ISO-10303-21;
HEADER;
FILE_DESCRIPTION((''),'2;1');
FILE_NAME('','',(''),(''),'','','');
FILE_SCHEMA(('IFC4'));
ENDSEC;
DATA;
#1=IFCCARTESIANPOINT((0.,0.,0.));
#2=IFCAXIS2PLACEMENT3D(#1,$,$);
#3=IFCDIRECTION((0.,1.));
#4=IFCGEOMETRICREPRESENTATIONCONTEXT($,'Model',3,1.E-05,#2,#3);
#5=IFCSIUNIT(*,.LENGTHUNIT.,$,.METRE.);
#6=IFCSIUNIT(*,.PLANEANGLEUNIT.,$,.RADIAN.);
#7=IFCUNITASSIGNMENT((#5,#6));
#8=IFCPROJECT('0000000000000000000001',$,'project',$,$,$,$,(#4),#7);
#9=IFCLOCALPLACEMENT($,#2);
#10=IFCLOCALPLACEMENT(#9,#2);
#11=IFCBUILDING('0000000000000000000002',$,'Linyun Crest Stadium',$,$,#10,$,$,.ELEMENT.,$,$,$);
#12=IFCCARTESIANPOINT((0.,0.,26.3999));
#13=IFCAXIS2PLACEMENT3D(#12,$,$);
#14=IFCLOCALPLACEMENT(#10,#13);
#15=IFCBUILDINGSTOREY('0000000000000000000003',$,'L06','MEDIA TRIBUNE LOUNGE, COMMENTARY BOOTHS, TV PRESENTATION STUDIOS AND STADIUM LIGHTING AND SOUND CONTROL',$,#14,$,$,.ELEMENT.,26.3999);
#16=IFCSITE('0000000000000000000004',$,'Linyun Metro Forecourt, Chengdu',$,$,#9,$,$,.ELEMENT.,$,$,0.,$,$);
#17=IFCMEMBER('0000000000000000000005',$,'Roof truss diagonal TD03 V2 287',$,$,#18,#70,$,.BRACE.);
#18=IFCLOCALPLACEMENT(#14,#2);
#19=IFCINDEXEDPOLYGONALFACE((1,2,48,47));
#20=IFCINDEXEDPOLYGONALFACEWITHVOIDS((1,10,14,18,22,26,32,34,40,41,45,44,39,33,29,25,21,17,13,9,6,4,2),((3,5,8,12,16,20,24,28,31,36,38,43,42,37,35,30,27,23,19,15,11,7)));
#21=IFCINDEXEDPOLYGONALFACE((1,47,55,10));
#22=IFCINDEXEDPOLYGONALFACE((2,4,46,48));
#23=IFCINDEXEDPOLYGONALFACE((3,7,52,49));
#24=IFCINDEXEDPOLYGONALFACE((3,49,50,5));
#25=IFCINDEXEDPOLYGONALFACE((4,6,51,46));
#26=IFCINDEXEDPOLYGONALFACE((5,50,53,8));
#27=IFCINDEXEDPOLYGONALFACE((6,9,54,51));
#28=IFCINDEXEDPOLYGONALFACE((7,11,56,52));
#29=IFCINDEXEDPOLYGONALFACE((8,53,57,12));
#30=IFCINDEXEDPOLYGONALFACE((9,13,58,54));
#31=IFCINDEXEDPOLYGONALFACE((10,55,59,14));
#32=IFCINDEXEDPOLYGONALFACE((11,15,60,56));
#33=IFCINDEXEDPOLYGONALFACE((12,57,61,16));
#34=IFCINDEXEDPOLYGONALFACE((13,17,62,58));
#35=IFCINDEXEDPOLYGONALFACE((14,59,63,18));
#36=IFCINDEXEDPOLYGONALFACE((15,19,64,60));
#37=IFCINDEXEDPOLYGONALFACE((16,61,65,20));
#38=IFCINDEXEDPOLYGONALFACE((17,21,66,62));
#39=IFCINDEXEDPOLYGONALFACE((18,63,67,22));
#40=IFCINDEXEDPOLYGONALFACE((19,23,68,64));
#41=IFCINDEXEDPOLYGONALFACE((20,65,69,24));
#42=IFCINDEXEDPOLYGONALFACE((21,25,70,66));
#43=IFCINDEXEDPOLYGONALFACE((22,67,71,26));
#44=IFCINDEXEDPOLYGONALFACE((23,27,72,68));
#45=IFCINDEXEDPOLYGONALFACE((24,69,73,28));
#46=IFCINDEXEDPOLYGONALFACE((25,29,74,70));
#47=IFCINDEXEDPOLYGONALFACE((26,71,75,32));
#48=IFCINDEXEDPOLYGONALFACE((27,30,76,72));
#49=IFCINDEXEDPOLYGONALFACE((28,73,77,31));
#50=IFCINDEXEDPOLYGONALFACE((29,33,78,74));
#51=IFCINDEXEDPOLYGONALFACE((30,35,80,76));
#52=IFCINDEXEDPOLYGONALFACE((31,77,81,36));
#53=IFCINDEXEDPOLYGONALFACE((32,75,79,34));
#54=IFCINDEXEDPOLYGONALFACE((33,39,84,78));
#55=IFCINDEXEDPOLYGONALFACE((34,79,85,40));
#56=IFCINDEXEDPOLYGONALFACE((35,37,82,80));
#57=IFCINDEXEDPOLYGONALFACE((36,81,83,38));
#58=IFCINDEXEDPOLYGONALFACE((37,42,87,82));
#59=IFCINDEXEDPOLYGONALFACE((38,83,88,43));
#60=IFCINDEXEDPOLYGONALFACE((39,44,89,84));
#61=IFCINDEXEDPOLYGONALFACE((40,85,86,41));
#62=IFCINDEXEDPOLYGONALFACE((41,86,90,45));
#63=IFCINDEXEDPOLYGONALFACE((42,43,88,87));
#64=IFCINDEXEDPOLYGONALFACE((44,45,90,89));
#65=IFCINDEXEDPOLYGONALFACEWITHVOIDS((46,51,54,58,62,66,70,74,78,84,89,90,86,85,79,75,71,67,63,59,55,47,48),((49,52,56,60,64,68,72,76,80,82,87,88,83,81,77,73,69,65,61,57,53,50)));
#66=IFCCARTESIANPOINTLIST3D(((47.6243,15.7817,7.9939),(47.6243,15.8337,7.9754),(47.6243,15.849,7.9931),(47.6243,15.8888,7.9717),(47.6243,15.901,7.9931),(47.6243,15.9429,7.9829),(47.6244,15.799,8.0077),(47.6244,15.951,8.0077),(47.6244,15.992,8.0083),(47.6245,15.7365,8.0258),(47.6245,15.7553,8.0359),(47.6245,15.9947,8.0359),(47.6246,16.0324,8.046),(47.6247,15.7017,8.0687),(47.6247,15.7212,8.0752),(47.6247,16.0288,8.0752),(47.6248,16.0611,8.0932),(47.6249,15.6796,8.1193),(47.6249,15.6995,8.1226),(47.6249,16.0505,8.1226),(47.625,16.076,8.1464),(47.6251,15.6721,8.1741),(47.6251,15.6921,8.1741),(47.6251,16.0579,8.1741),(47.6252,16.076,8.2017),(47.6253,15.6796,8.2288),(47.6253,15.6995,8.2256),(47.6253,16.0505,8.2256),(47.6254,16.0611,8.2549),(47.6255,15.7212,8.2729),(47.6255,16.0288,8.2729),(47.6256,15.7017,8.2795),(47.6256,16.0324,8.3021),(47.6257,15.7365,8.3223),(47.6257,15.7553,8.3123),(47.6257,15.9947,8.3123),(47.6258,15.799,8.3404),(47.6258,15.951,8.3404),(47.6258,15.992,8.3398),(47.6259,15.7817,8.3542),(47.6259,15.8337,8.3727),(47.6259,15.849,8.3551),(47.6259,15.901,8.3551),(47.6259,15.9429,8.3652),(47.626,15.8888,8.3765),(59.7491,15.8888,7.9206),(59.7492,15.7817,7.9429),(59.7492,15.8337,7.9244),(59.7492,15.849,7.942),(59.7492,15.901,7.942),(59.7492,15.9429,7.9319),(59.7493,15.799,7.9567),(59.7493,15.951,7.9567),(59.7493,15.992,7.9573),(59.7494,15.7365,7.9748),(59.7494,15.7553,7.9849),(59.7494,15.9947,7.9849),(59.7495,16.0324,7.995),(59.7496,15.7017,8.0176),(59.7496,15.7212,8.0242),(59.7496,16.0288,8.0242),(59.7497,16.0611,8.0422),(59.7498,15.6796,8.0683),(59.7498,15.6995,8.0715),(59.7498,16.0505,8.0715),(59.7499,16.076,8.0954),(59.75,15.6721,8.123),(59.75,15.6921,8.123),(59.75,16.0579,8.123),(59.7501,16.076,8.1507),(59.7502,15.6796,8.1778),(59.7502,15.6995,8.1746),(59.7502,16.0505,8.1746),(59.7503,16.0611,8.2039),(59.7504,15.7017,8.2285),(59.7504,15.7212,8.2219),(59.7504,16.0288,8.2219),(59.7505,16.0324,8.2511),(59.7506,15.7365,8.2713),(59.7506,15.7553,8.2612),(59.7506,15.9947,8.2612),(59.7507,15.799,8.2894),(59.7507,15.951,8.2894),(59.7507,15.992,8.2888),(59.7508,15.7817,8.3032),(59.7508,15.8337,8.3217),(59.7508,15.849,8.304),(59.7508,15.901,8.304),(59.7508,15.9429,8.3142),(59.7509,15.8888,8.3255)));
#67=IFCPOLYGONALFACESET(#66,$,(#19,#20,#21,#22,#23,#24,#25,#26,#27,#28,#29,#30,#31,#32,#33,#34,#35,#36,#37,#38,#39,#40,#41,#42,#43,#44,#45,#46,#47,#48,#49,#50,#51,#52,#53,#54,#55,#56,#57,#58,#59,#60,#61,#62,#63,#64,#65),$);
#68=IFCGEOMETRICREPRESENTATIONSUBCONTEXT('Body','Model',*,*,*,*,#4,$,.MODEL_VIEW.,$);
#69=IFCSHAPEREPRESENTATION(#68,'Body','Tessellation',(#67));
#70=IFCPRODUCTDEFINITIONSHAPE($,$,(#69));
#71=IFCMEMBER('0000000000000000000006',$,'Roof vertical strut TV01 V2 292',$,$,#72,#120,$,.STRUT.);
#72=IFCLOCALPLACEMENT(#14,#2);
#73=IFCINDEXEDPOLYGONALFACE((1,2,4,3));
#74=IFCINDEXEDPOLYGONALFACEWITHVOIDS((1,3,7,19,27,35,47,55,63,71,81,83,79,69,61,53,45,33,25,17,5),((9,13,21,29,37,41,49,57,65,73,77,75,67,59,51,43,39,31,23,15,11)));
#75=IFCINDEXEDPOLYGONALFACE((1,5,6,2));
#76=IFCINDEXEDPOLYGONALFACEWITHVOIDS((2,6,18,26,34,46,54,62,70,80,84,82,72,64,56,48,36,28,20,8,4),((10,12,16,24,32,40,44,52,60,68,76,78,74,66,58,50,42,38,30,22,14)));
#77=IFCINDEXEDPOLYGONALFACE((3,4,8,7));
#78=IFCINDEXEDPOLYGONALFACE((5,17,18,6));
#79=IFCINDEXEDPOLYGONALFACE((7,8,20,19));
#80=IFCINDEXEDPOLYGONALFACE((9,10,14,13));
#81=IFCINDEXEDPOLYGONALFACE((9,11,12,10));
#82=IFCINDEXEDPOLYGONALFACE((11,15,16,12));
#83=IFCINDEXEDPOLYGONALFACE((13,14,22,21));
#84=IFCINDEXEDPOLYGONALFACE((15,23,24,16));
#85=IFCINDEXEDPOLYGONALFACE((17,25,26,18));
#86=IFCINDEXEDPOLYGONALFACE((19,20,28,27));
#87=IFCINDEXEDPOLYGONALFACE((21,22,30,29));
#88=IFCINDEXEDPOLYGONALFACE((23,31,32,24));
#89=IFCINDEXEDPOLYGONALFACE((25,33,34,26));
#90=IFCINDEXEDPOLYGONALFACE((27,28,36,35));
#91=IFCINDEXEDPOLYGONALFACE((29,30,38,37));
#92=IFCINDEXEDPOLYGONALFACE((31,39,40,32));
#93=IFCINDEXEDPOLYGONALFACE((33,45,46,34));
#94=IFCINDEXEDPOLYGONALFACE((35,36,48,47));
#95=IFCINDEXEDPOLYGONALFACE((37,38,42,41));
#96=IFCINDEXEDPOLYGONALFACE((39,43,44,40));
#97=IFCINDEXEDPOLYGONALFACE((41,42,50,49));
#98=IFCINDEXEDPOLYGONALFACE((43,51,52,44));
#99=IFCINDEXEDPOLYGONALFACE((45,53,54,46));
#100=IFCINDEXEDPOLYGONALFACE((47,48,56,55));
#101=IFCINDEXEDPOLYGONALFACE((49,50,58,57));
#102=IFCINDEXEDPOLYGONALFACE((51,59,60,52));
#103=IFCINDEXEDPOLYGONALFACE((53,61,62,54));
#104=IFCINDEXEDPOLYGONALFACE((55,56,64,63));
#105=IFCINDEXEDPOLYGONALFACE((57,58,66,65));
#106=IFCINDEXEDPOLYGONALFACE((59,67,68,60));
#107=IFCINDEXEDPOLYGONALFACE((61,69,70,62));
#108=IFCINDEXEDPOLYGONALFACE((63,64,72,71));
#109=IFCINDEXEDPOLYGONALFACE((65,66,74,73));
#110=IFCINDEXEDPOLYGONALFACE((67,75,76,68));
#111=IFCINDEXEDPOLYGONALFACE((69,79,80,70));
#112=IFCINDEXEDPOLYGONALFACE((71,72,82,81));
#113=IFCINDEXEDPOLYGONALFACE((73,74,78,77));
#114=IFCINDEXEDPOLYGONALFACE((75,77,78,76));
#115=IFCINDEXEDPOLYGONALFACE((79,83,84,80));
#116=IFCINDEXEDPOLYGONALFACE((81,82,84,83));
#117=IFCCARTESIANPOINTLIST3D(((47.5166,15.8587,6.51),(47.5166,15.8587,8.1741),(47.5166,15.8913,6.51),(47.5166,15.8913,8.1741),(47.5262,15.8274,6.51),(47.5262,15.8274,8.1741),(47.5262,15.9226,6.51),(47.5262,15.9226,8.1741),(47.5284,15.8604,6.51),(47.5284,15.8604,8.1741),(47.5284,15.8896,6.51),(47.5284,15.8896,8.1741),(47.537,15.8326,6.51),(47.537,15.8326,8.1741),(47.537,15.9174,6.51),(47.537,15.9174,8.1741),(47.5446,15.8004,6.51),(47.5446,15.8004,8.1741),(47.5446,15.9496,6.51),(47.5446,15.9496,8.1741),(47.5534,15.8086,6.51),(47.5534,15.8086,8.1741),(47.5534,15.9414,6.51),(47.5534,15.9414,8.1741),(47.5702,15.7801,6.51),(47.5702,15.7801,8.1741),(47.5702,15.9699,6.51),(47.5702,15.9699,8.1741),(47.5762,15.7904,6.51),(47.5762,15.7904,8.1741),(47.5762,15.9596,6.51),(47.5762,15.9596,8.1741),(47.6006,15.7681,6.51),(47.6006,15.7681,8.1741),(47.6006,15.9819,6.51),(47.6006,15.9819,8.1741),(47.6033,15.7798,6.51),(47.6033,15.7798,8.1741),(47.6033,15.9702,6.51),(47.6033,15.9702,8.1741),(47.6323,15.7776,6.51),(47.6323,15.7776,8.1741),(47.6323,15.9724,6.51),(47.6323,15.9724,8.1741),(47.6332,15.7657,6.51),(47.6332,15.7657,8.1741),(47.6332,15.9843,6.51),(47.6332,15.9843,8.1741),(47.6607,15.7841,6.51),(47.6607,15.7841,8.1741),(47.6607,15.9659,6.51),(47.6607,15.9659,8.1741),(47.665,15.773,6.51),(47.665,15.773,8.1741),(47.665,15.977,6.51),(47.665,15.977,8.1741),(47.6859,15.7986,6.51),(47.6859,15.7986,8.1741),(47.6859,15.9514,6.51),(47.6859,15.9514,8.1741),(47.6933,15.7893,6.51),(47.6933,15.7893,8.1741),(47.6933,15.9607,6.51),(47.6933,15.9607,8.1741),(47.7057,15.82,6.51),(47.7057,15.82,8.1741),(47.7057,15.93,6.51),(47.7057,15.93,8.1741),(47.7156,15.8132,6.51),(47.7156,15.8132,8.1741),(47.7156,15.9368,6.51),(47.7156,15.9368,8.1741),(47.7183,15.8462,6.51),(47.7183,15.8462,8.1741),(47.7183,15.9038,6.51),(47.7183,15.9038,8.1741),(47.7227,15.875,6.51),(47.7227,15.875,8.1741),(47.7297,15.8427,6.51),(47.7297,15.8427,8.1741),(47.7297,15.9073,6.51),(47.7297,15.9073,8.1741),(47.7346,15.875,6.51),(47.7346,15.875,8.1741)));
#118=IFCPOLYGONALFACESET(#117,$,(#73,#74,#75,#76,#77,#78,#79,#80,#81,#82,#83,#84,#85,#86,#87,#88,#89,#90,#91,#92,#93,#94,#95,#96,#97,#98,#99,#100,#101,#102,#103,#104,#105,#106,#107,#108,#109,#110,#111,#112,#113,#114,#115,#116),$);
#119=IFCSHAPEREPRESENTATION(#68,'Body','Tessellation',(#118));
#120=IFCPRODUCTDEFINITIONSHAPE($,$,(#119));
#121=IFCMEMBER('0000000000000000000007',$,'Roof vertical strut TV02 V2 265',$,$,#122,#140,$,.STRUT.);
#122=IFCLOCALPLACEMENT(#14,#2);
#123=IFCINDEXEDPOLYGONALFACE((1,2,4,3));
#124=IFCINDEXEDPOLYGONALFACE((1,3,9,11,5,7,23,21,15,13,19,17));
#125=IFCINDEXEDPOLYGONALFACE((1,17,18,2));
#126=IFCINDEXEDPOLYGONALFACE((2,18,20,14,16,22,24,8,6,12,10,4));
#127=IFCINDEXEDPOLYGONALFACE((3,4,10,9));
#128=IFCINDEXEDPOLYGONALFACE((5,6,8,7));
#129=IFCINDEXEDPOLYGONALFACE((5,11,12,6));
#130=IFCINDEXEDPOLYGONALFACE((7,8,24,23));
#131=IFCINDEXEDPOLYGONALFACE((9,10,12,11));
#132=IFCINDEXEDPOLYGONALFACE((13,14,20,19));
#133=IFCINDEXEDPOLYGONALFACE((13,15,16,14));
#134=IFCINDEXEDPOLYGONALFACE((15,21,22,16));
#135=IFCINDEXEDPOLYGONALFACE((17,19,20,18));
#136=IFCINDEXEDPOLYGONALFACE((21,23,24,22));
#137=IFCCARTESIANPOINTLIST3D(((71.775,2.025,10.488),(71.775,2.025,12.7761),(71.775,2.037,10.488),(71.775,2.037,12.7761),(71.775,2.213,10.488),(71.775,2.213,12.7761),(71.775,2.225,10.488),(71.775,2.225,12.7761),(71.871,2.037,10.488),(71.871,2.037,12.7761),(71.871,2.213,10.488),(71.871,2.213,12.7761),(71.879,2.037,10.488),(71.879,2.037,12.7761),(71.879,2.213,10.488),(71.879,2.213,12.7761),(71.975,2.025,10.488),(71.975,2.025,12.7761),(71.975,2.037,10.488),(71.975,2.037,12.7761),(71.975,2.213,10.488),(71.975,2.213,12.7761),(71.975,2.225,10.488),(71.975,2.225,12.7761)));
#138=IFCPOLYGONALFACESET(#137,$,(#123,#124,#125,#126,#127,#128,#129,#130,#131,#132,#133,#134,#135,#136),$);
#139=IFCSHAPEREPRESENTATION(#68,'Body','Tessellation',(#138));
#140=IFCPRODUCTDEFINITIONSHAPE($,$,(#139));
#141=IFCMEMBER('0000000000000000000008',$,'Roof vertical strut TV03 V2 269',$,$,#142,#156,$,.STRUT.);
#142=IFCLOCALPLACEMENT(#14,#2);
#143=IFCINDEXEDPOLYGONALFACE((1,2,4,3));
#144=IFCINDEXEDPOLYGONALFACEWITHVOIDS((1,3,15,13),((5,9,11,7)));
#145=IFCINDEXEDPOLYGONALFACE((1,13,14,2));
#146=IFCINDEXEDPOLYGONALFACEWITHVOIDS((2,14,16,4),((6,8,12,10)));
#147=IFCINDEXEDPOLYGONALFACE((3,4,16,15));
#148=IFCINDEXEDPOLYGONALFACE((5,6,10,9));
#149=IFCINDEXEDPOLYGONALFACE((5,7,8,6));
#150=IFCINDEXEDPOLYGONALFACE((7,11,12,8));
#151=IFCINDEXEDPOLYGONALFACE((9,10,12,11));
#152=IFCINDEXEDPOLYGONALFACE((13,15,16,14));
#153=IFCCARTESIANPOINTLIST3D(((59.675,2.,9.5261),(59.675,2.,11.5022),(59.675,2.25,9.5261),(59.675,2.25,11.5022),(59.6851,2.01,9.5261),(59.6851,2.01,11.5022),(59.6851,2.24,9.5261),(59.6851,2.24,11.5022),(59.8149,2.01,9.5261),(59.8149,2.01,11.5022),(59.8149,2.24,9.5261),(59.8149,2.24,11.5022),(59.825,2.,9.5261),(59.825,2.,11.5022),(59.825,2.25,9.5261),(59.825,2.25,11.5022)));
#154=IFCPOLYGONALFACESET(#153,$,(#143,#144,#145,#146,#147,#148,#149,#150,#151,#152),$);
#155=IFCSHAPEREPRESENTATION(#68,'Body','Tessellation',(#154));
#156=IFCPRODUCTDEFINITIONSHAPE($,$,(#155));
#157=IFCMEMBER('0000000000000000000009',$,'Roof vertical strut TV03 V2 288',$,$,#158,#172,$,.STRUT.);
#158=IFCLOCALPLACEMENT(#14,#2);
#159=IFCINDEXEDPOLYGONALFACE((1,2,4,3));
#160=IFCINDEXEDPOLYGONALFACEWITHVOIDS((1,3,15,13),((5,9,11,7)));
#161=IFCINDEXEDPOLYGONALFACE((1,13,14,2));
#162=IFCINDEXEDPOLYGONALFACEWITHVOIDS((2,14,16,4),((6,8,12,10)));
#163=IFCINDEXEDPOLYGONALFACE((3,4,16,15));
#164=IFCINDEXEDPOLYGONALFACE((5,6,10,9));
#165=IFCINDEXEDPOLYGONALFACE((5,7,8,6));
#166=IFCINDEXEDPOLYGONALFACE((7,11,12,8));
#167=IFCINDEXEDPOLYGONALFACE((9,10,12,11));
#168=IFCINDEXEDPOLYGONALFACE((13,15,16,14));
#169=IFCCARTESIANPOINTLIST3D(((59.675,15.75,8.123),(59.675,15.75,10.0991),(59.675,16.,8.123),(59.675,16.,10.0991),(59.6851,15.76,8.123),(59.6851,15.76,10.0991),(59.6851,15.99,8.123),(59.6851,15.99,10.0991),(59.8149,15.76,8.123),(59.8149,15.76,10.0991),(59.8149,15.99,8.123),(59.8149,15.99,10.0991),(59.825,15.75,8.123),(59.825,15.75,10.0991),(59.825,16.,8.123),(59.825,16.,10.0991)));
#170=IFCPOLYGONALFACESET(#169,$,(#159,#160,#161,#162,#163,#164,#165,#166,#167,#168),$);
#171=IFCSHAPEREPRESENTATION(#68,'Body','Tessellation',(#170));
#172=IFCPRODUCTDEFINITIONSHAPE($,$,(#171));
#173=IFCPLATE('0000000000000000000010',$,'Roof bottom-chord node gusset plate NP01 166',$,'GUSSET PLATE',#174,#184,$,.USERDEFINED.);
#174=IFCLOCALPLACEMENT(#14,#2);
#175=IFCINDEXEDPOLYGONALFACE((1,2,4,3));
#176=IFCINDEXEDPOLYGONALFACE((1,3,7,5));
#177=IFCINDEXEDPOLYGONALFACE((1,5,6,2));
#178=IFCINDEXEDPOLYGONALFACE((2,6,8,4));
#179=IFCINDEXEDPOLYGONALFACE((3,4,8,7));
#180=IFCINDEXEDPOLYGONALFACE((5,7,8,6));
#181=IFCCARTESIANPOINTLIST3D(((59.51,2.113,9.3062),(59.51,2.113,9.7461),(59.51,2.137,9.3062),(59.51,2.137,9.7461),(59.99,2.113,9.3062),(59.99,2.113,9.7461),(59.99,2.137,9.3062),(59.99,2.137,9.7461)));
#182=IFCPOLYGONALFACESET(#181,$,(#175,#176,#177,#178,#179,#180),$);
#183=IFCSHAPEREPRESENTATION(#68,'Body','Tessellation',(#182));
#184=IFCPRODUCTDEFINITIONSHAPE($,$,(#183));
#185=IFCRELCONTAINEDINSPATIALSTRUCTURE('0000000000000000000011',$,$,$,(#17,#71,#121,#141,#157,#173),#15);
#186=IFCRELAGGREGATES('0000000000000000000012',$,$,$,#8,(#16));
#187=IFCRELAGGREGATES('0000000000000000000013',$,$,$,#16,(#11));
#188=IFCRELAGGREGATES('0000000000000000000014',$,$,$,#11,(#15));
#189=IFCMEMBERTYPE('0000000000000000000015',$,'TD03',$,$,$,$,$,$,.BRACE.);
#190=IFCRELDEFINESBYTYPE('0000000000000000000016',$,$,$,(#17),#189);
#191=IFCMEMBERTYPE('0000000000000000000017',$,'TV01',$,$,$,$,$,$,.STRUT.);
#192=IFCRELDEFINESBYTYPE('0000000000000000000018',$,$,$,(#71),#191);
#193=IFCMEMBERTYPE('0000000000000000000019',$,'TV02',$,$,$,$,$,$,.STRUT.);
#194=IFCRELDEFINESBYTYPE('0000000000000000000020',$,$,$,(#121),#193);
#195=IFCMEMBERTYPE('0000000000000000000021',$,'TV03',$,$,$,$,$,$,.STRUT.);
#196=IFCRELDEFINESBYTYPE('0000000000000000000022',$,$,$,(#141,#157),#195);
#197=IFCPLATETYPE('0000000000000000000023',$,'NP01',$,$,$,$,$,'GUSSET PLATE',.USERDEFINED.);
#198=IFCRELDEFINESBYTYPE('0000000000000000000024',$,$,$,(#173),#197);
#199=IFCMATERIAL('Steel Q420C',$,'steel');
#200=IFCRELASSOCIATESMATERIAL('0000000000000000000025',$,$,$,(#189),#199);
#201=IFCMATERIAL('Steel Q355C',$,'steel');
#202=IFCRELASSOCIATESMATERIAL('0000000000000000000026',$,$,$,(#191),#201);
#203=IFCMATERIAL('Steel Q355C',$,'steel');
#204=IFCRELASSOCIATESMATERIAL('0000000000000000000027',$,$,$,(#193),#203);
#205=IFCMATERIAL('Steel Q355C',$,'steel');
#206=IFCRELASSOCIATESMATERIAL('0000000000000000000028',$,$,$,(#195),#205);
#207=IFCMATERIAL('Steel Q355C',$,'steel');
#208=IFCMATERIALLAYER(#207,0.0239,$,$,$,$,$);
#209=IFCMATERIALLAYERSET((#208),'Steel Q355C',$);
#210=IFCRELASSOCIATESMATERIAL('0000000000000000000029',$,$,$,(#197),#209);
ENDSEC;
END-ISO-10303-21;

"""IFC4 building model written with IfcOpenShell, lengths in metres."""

from ifc_helpers import new_model, si_unit, direction, frame, origin, origin_2d, place, context, subcontext, project, spatial, rectangle, hollow_rectangle, hollow_circle, i_section, extrude, material, layer, layer_set, material_profile, profile_set, type_object, element, save


model = new_model("IFC4")

# Units and contexts
model_context = context("Model", 3, precision=1e-05, world=origin(), true_north=direction((0.0, 1.0)))
body_context = subcontext(model_context, "Body", "Model", "MODEL_VIEW")
ifc_project = project(units=[si_unit("LENGTHUNIT", "METRE"), si_unit("PLANEANGLEUNIT", "RADIAN")], contexts=[model_context])

# Site, building, storey
site_placement = place(None, origin())
site = spatial("IfcSite", under=ifc_project, at=site_placement, Name="Linyun Metro Forecourt, Chengdu", CompositionType="ELEMENT", RefElevation=0.0)
building_placement = place(site_placement, origin())
building = spatial("IfcBuilding", under=site, at=building_placement, Name="Linyun Crest Stadium", CompositionType="ELEMENT")
storey_placement = place(building_placement, frame((0.0, 0.0, 26.3999)))
storey = spatial("IfcBuildingStorey", under=building, at=storey_placement, Name="L06", Description="MEDIA TRIBUNE LOUNGE, COMMENTARY BOOTHS, TV PRESENTATION STUDIOS AND STADIUM LIGHTING AND SOUND CONTROL", CompositionType="ELEMENT", Elevation=26.3999)

# Members
ifc_material_1 = material(Name="Steel Q420C", Category="steel")
ifc_material_profile_1 = material_profile(ifc_material_1, hollow_circle(Radius=0.2029, WallThickness=0.02, at=origin_2d()), Name="CHS 406x20")
ifc_profile_set_1 = profile_set([ifc_material_profile_1], Name="Steel Q420C")
member_type_1 = type_object("IfcMemberType", Name="TD03", PredefinedType="BRACE", material=ifc_profile_set_1)
member_1_placement = place(storey_placement, frame((59.75, 15.875, 8.123), z_axis=(-0.999991, 0.0, 0.004208), x_axis=(0.0, -1.0, 0.0)))
element("IfcMember", 1, at=member_1_placement, inside=storey, type_object=member_type_1, Name="Roof truss diagonal TD03 V2 287", PredefinedType="BRACE", context=body_context, shape_type="SweptSolid", body=[
    extrude(hollow_circle(Radius=0.2029, WallThickness=0.02, at=origin_2d()), origin(), (0.0, 0.0, 1.0), 12.125),
])
ifc_material_2 = material(Name="Steel Q355C", Category="steel")
ifc_material_profile_2 = material_profile(ifc_material_2, hollow_circle(Radius=0.1096, WallThickness=0.012, at=origin_2d()), Name="CHS 219x12")
ifc_profile_set_2 = profile_set([ifc_material_profile_2], Name="Steel Q355C")
member_type_2 = type_object("IfcMemberType", Name="TV01", PredefinedType="STRUT", material=ifc_profile_set_2)
member_2_placement = place(storey_placement, frame((47.625, 15.875, 6.51), z_axis=(0.0, 0.0, 1.0), x_axis=(1.0, 0.0, 0.0)))
element("IfcMember", 2, at=member_2_placement, inside=storey, type_object=member_type_2, Name="Roof vertical strut TV01 V2 292", PredefinedType="STRUT", context=body_context, shape_type="SweptSolid", body=[
    extrude(hollow_circle(Radius=0.1096, WallThickness=0.012, at=origin_2d()), origin(), (0.0, 0.0, 1.0), 1.6641),
])
ifc_material_3 = material(Name="Steel Q355C", Category="steel")
ifc_material_profile_3 = material_profile(ifc_material_3, i_section(OverallWidth=0.2, OverallDepth=0.2, WebThickness=0.0081, FlangeThickness=0.012, at=origin_2d()), Name="HW 200x200")
ifc_profile_set_3 = profile_set([ifc_material_profile_3], Name="Steel Q355C")
member_type_3 = type_object("IfcMemberType", Name="TV02", PredefinedType="STRUT", material=ifc_profile_set_3)
member_3_placement = place(storey_placement, frame((71.875, 2.125, 10.488), z_axis=(0.0, 0.0, 1.0), x_axis=(1.0, 0.0, 0.0)))
element("IfcMember", 3, at=member_3_placement, inside=storey, type_object=member_type_3, Name="Roof vertical strut TV02 V2 265", PredefinedType="STRUT", context=body_context, shape_type="SweptSolid", body=[
    extrude(i_section(OverallWidth=0.2, OverallDepth=0.2, WebThickness=0.0081, FlangeThickness=0.012, at=origin_2d()), origin(), (0.0, 0.0, 1.0), 2.2881),
])
ifc_material_4 = material(Name="Steel Q355C", Category="steel")
ifc_material_profile_4 = material_profile(ifc_material_4, hollow_rectangle(XDim=0.1499, YDim=0.25, WallThickness=0.01, at=origin_2d()), Name="RHS 250x150x10")
ifc_profile_set_4 = profile_set([ifc_material_profile_4], Name="Steel Q355C")
member_type_4 = type_object("IfcMemberType", Name="TV03", PredefinedType="STRUT", material=ifc_profile_set_4)
for number, where, z_axis, x_axis, name in (
    (4, (59.75, 2.125, 9.5261), (0.0, 0.0, 1.0), (1.0, 0.0, 0.0), "Roof vertical strut TV03 V2 269"),
    (5, (59.75, 15.875, 8.123), (0.0, 0.0, 1.0), (1.0, 0.0, 0.0), "Roof vertical strut TV03 V2 288"),
):
    element("IfcMember", number, at=place(storey_placement, frame(where, z_axis=z_axis, x_axis=x_axis)), inside=storey, type_object=member_type_4, Name=name, PredefinedType="STRUT", context=body_context, shape_type="SweptSolid", body=[
        extrude(hollow_rectangle(XDim=0.1499, YDim=0.25, WallThickness=0.01, at=origin_2d()), origin(), (0.0, 0.0, 1.0), 1.9761),
    ])

# Plate
ifc_material_5 = material(Name="Steel Q355C", Category="steel")
ifc_layer_1 = layer(ifc_material_5, 0.0239)
ifc_layer_set_1 = layer_set([ifc_layer_1], Name="Steel Q355C")
plate_type_1 = type_object("IfcPlateType", Name="NP01", ElementType="GUSSET PLATE", PredefinedType="USERDEFINED", material=ifc_layer_set_1)
plate_1_placement = place(storey_placement, frame((59.75, 2.125, 9.3062), z_axis=(0.0, 0.0, 1.0), x_axis=(1.0, 0.0, 0.0)))
element("IfcPlate", 6, at=plate_1_placement, inside=storey, type_object=plate_type_1, Name="Roof bottom-chord node gusset plate NP01 166", ObjectType="GUSSET PLATE", PredefinedType="USERDEFINED", context=body_context, shape_type="SweptSolid", body=[
    extrude(rectangle(XDim=0.48, YDim=0.0239, at=origin_2d()), origin(), (0.0, 0.0, 1.0), 0.4399),
])

save(model, "model.ifc")
